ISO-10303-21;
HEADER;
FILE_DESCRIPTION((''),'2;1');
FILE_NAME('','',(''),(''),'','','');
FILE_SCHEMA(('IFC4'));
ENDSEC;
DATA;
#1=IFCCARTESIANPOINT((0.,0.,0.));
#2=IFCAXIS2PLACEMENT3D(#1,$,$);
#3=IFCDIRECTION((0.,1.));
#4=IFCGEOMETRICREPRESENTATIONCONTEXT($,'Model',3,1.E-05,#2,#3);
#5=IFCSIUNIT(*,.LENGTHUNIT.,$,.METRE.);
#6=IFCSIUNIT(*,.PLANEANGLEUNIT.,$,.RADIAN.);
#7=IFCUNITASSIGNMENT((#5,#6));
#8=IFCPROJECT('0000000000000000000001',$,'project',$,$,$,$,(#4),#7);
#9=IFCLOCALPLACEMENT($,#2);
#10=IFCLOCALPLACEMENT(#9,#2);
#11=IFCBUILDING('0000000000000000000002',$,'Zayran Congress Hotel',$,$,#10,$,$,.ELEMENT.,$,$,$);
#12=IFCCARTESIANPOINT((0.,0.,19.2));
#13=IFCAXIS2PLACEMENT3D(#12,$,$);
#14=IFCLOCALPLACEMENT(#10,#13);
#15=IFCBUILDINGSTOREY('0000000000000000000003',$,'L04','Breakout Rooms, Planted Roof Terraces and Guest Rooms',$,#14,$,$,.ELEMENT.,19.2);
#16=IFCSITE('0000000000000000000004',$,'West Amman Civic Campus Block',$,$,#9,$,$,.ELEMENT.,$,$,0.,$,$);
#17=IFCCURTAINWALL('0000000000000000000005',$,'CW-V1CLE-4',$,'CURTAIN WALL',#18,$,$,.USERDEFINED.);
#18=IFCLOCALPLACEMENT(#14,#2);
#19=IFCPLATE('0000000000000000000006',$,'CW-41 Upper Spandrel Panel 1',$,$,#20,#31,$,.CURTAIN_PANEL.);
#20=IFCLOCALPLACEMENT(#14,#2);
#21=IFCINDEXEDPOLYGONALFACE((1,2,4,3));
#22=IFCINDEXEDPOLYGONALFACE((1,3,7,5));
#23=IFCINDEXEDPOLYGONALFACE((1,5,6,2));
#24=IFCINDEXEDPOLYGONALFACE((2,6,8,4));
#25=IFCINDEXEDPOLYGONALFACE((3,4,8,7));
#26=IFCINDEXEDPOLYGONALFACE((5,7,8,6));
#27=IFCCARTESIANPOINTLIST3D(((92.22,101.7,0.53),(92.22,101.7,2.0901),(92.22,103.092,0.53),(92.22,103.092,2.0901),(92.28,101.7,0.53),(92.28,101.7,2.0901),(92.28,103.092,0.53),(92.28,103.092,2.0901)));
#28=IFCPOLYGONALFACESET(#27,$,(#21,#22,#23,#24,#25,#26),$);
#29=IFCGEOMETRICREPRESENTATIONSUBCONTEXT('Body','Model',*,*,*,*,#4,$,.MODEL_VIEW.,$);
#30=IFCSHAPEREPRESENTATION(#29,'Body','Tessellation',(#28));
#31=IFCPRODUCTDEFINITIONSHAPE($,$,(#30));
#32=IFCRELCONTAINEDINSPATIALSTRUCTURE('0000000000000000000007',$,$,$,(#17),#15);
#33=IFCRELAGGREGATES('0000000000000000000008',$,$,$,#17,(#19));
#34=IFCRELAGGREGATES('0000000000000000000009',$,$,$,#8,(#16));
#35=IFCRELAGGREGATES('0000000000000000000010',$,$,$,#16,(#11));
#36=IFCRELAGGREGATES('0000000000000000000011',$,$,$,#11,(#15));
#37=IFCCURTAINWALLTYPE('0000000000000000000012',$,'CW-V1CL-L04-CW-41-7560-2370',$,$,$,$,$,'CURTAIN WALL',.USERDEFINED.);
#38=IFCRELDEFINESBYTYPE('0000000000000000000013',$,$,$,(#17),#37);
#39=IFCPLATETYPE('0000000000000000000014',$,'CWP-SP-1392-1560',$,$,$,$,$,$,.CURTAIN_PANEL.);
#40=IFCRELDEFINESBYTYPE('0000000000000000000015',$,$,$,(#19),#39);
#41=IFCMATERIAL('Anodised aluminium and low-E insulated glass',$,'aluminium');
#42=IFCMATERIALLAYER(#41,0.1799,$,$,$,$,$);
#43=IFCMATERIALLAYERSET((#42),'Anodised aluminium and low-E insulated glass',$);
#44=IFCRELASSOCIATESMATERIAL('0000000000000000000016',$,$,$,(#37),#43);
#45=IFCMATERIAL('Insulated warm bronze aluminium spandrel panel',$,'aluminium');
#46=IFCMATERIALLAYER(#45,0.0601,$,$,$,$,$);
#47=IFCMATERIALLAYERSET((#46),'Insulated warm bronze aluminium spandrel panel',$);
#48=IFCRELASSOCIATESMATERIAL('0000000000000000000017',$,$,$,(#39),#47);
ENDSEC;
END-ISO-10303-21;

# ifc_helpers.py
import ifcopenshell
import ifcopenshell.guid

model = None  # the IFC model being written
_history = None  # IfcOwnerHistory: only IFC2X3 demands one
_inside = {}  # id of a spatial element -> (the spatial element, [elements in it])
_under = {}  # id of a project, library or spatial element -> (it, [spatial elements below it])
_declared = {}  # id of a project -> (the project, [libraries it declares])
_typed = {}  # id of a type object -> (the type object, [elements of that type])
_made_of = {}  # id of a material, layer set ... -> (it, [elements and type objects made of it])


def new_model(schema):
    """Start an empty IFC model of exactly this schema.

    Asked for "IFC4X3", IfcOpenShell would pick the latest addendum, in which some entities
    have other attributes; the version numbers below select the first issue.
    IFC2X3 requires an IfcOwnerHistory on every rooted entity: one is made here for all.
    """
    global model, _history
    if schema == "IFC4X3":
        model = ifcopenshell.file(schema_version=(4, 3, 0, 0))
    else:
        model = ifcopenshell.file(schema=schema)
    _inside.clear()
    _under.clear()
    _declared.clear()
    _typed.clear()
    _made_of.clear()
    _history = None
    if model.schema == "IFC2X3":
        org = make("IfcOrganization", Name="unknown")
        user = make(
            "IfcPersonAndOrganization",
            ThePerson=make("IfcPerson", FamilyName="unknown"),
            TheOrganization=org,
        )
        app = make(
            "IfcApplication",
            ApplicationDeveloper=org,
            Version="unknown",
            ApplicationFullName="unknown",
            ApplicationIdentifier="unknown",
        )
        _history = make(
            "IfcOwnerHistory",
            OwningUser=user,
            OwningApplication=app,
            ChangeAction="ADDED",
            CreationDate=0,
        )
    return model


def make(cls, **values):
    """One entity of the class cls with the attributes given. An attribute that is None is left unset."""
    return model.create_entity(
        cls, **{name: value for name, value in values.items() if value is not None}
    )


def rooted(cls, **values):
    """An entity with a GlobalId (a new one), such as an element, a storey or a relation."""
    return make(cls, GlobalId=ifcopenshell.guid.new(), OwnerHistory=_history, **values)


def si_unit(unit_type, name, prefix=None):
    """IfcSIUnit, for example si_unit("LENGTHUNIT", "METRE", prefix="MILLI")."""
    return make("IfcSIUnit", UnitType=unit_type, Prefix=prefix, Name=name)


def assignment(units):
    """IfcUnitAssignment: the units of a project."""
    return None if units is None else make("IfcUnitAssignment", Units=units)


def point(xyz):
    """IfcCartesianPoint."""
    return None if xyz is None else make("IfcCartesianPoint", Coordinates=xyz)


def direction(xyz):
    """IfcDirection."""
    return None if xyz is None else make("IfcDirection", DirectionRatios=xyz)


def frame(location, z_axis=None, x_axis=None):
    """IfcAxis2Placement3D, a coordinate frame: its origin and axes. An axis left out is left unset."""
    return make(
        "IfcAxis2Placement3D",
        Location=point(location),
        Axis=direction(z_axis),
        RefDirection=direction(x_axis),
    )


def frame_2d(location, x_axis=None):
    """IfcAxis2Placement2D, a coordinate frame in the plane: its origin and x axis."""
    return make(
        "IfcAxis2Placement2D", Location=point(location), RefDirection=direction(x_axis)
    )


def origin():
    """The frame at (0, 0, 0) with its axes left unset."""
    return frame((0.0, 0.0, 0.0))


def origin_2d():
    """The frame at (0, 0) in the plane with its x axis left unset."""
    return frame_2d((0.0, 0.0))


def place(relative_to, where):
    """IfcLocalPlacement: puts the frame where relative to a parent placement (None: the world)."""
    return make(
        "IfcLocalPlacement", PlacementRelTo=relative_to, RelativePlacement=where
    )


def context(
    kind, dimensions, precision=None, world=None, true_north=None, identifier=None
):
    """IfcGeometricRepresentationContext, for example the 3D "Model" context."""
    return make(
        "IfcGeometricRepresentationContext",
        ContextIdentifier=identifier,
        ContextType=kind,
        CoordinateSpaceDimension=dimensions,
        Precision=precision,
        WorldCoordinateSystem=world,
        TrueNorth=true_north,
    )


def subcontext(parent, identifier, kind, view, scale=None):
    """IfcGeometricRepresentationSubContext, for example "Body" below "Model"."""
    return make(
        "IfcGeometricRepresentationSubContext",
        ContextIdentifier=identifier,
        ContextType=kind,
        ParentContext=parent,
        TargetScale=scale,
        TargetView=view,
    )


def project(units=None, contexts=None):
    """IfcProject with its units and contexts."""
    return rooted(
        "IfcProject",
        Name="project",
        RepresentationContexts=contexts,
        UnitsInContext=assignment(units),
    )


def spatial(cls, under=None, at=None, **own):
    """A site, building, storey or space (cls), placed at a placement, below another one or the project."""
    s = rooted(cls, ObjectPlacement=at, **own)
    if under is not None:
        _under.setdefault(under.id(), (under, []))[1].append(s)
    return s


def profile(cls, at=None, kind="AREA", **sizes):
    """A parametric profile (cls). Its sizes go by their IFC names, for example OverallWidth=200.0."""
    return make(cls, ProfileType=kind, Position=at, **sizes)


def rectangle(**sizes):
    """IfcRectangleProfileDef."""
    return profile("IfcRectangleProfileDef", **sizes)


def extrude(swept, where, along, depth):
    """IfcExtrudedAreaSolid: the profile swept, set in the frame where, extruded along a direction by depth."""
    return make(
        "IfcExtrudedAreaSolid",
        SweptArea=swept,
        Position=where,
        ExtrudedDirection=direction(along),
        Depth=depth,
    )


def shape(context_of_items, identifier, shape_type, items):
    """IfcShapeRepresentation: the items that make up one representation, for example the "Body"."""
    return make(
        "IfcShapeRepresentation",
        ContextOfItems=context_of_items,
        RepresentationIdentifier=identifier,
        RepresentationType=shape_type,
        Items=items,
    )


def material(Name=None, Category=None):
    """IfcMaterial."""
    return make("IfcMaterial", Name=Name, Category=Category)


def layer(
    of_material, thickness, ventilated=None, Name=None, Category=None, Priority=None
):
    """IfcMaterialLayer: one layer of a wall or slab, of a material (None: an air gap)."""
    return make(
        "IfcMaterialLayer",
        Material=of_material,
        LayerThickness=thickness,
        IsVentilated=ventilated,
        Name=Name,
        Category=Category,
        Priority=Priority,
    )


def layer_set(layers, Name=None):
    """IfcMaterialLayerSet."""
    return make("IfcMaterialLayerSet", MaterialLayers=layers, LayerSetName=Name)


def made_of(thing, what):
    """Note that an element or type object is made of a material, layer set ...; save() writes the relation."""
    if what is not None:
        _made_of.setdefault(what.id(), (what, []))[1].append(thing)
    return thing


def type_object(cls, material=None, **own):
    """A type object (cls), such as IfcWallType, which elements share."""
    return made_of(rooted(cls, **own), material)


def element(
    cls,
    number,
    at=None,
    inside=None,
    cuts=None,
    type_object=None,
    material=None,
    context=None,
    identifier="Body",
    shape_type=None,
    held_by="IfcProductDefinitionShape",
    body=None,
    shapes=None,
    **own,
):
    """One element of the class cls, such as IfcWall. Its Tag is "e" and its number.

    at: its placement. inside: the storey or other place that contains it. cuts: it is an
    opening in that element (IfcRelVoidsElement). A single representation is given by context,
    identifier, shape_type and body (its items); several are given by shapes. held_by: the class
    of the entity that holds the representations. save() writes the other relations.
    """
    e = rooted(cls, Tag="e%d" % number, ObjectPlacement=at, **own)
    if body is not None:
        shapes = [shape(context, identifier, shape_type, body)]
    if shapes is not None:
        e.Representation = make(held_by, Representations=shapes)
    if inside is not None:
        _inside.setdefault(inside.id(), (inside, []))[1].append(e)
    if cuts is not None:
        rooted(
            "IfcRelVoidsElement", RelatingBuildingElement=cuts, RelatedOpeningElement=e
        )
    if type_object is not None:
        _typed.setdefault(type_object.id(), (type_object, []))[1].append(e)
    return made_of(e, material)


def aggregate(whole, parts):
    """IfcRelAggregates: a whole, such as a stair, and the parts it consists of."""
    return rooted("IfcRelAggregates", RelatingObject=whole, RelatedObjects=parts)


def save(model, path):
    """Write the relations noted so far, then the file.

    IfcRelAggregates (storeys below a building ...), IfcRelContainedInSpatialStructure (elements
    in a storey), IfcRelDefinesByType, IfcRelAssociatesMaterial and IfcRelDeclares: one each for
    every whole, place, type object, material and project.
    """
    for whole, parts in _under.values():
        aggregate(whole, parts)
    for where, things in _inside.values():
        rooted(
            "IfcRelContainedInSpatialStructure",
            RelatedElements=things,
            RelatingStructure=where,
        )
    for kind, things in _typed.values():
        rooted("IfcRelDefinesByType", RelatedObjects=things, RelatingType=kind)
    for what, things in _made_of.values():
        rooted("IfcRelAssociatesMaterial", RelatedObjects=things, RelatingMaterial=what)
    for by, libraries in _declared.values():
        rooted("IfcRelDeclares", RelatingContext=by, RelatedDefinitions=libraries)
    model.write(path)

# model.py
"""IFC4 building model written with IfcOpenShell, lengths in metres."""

from ifc_helpers import new_model, si_unit, direction, frame, origin, origin_2d, place, context, subcontext, project, spatial, rectangle, extrude, material, layer, layer_set, type_object, element, aggregate, save


model = new_model("IFC4")

# Units and contexts
model_context = context("Model", 3, precision=1e-05, world=origin(), true_north=direction((0.0, 1.0)))
body_context = subcontext(model_context, "Body", "Model", "MODEL_VIEW")
ifc_project = project(units=[si_unit("LENGTHUNIT", "METRE"), si_unit("PLANEANGLEUNIT", "RADIAN")], contexts=[model_context])

# Site, building, storey
site_placement = place(None, origin())
site = spatial("IfcSite", under=ifc_project, at=site_placement, Name="West Amman Civic Campus Block", CompositionType="ELEMENT", RefElevation=0.0)
building_placement = place(site_placement, origin())
building = spatial("IfcBuilding", under=site, at=building_placement, Name="Zayran Congress Hotel", CompositionType="ELEMENT")
storey_placement = place(building_placement, frame((0.0, 0.0, 19.2)))
storey = spatial("IfcBuildingStorey", under=building, at=storey_placement, Name="L04", Description="Breakout Rooms, Planted Roof Terraces and Guest Rooms", CompositionType="ELEMENT", Elevation=19.2)

# Curtain wall
ifc_material_1 = material(Name="Anodised aluminium and low-E insulated glass", Category="aluminium")
ifc_layer_1 = layer(ifc_material_1, 0.1799)
ifc_layer_set_1 = layer_set([ifc_layer_1], Name="Anodised aluminium and low-E insulated glass")
curtain_wall_type = type_object("IfcCurtainWallType", Name="CW-V1CL-L04-CW-41-7560-2370", ElementType="CURTAIN WALL", PredefinedType="USERDEFINED", material=ifc_layer_set_1)
curtain_wall_1_placement = place(storey_placement, origin())
curtain_wall_1 = element("IfcCurtainWall", 1, at=curtain_wall_1_placement, inside=storey, type_object=curtain_wall_type, Name="CW-V1CLE-4", ObjectType="CURTAIN WALL", PredefinedType="USERDEFINED")

# Plate
ifc_material_2 = material(Name="Insulated warm bronze aluminium spandrel panel", Category="aluminium")
ifc_layer_2 = layer(ifc_material_2, 0.0601)
ifc_layer_set_2 = layer_set([ifc_layer_2], Name="Insulated warm bronze aluminium spandrel panel")
plate_type_1 = type_object("IfcPlateType", Name="CWP-SP-1392-1560", PredefinedType="CURTAIN_PANEL", material=ifc_layer_set_2)
plate_1_placement = place(storey_placement, frame((92.25, 102.396, 0.53), z_axis=(0.0, 0.0, 1.0), x_axis=(0.0, 1.0, 0.0)))
plate_1 = element("IfcPlate", 2, at=plate_1_placement, type_object=plate_type_1, Name="CW-41 Upper Spandrel Panel 1", PredefinedType="CURTAIN_PANEL", context=body_context, shape_type="SweptSolid", body=[
    extrude(rectangle(XDim=1.3921, YDim=0.0601, at=origin_2d()), origin(), (0.0, 0.0, 1.0), 1.5601),
])
aggregate(curtain_wall_1, [plate_1])

save(model, "model.ifc")
